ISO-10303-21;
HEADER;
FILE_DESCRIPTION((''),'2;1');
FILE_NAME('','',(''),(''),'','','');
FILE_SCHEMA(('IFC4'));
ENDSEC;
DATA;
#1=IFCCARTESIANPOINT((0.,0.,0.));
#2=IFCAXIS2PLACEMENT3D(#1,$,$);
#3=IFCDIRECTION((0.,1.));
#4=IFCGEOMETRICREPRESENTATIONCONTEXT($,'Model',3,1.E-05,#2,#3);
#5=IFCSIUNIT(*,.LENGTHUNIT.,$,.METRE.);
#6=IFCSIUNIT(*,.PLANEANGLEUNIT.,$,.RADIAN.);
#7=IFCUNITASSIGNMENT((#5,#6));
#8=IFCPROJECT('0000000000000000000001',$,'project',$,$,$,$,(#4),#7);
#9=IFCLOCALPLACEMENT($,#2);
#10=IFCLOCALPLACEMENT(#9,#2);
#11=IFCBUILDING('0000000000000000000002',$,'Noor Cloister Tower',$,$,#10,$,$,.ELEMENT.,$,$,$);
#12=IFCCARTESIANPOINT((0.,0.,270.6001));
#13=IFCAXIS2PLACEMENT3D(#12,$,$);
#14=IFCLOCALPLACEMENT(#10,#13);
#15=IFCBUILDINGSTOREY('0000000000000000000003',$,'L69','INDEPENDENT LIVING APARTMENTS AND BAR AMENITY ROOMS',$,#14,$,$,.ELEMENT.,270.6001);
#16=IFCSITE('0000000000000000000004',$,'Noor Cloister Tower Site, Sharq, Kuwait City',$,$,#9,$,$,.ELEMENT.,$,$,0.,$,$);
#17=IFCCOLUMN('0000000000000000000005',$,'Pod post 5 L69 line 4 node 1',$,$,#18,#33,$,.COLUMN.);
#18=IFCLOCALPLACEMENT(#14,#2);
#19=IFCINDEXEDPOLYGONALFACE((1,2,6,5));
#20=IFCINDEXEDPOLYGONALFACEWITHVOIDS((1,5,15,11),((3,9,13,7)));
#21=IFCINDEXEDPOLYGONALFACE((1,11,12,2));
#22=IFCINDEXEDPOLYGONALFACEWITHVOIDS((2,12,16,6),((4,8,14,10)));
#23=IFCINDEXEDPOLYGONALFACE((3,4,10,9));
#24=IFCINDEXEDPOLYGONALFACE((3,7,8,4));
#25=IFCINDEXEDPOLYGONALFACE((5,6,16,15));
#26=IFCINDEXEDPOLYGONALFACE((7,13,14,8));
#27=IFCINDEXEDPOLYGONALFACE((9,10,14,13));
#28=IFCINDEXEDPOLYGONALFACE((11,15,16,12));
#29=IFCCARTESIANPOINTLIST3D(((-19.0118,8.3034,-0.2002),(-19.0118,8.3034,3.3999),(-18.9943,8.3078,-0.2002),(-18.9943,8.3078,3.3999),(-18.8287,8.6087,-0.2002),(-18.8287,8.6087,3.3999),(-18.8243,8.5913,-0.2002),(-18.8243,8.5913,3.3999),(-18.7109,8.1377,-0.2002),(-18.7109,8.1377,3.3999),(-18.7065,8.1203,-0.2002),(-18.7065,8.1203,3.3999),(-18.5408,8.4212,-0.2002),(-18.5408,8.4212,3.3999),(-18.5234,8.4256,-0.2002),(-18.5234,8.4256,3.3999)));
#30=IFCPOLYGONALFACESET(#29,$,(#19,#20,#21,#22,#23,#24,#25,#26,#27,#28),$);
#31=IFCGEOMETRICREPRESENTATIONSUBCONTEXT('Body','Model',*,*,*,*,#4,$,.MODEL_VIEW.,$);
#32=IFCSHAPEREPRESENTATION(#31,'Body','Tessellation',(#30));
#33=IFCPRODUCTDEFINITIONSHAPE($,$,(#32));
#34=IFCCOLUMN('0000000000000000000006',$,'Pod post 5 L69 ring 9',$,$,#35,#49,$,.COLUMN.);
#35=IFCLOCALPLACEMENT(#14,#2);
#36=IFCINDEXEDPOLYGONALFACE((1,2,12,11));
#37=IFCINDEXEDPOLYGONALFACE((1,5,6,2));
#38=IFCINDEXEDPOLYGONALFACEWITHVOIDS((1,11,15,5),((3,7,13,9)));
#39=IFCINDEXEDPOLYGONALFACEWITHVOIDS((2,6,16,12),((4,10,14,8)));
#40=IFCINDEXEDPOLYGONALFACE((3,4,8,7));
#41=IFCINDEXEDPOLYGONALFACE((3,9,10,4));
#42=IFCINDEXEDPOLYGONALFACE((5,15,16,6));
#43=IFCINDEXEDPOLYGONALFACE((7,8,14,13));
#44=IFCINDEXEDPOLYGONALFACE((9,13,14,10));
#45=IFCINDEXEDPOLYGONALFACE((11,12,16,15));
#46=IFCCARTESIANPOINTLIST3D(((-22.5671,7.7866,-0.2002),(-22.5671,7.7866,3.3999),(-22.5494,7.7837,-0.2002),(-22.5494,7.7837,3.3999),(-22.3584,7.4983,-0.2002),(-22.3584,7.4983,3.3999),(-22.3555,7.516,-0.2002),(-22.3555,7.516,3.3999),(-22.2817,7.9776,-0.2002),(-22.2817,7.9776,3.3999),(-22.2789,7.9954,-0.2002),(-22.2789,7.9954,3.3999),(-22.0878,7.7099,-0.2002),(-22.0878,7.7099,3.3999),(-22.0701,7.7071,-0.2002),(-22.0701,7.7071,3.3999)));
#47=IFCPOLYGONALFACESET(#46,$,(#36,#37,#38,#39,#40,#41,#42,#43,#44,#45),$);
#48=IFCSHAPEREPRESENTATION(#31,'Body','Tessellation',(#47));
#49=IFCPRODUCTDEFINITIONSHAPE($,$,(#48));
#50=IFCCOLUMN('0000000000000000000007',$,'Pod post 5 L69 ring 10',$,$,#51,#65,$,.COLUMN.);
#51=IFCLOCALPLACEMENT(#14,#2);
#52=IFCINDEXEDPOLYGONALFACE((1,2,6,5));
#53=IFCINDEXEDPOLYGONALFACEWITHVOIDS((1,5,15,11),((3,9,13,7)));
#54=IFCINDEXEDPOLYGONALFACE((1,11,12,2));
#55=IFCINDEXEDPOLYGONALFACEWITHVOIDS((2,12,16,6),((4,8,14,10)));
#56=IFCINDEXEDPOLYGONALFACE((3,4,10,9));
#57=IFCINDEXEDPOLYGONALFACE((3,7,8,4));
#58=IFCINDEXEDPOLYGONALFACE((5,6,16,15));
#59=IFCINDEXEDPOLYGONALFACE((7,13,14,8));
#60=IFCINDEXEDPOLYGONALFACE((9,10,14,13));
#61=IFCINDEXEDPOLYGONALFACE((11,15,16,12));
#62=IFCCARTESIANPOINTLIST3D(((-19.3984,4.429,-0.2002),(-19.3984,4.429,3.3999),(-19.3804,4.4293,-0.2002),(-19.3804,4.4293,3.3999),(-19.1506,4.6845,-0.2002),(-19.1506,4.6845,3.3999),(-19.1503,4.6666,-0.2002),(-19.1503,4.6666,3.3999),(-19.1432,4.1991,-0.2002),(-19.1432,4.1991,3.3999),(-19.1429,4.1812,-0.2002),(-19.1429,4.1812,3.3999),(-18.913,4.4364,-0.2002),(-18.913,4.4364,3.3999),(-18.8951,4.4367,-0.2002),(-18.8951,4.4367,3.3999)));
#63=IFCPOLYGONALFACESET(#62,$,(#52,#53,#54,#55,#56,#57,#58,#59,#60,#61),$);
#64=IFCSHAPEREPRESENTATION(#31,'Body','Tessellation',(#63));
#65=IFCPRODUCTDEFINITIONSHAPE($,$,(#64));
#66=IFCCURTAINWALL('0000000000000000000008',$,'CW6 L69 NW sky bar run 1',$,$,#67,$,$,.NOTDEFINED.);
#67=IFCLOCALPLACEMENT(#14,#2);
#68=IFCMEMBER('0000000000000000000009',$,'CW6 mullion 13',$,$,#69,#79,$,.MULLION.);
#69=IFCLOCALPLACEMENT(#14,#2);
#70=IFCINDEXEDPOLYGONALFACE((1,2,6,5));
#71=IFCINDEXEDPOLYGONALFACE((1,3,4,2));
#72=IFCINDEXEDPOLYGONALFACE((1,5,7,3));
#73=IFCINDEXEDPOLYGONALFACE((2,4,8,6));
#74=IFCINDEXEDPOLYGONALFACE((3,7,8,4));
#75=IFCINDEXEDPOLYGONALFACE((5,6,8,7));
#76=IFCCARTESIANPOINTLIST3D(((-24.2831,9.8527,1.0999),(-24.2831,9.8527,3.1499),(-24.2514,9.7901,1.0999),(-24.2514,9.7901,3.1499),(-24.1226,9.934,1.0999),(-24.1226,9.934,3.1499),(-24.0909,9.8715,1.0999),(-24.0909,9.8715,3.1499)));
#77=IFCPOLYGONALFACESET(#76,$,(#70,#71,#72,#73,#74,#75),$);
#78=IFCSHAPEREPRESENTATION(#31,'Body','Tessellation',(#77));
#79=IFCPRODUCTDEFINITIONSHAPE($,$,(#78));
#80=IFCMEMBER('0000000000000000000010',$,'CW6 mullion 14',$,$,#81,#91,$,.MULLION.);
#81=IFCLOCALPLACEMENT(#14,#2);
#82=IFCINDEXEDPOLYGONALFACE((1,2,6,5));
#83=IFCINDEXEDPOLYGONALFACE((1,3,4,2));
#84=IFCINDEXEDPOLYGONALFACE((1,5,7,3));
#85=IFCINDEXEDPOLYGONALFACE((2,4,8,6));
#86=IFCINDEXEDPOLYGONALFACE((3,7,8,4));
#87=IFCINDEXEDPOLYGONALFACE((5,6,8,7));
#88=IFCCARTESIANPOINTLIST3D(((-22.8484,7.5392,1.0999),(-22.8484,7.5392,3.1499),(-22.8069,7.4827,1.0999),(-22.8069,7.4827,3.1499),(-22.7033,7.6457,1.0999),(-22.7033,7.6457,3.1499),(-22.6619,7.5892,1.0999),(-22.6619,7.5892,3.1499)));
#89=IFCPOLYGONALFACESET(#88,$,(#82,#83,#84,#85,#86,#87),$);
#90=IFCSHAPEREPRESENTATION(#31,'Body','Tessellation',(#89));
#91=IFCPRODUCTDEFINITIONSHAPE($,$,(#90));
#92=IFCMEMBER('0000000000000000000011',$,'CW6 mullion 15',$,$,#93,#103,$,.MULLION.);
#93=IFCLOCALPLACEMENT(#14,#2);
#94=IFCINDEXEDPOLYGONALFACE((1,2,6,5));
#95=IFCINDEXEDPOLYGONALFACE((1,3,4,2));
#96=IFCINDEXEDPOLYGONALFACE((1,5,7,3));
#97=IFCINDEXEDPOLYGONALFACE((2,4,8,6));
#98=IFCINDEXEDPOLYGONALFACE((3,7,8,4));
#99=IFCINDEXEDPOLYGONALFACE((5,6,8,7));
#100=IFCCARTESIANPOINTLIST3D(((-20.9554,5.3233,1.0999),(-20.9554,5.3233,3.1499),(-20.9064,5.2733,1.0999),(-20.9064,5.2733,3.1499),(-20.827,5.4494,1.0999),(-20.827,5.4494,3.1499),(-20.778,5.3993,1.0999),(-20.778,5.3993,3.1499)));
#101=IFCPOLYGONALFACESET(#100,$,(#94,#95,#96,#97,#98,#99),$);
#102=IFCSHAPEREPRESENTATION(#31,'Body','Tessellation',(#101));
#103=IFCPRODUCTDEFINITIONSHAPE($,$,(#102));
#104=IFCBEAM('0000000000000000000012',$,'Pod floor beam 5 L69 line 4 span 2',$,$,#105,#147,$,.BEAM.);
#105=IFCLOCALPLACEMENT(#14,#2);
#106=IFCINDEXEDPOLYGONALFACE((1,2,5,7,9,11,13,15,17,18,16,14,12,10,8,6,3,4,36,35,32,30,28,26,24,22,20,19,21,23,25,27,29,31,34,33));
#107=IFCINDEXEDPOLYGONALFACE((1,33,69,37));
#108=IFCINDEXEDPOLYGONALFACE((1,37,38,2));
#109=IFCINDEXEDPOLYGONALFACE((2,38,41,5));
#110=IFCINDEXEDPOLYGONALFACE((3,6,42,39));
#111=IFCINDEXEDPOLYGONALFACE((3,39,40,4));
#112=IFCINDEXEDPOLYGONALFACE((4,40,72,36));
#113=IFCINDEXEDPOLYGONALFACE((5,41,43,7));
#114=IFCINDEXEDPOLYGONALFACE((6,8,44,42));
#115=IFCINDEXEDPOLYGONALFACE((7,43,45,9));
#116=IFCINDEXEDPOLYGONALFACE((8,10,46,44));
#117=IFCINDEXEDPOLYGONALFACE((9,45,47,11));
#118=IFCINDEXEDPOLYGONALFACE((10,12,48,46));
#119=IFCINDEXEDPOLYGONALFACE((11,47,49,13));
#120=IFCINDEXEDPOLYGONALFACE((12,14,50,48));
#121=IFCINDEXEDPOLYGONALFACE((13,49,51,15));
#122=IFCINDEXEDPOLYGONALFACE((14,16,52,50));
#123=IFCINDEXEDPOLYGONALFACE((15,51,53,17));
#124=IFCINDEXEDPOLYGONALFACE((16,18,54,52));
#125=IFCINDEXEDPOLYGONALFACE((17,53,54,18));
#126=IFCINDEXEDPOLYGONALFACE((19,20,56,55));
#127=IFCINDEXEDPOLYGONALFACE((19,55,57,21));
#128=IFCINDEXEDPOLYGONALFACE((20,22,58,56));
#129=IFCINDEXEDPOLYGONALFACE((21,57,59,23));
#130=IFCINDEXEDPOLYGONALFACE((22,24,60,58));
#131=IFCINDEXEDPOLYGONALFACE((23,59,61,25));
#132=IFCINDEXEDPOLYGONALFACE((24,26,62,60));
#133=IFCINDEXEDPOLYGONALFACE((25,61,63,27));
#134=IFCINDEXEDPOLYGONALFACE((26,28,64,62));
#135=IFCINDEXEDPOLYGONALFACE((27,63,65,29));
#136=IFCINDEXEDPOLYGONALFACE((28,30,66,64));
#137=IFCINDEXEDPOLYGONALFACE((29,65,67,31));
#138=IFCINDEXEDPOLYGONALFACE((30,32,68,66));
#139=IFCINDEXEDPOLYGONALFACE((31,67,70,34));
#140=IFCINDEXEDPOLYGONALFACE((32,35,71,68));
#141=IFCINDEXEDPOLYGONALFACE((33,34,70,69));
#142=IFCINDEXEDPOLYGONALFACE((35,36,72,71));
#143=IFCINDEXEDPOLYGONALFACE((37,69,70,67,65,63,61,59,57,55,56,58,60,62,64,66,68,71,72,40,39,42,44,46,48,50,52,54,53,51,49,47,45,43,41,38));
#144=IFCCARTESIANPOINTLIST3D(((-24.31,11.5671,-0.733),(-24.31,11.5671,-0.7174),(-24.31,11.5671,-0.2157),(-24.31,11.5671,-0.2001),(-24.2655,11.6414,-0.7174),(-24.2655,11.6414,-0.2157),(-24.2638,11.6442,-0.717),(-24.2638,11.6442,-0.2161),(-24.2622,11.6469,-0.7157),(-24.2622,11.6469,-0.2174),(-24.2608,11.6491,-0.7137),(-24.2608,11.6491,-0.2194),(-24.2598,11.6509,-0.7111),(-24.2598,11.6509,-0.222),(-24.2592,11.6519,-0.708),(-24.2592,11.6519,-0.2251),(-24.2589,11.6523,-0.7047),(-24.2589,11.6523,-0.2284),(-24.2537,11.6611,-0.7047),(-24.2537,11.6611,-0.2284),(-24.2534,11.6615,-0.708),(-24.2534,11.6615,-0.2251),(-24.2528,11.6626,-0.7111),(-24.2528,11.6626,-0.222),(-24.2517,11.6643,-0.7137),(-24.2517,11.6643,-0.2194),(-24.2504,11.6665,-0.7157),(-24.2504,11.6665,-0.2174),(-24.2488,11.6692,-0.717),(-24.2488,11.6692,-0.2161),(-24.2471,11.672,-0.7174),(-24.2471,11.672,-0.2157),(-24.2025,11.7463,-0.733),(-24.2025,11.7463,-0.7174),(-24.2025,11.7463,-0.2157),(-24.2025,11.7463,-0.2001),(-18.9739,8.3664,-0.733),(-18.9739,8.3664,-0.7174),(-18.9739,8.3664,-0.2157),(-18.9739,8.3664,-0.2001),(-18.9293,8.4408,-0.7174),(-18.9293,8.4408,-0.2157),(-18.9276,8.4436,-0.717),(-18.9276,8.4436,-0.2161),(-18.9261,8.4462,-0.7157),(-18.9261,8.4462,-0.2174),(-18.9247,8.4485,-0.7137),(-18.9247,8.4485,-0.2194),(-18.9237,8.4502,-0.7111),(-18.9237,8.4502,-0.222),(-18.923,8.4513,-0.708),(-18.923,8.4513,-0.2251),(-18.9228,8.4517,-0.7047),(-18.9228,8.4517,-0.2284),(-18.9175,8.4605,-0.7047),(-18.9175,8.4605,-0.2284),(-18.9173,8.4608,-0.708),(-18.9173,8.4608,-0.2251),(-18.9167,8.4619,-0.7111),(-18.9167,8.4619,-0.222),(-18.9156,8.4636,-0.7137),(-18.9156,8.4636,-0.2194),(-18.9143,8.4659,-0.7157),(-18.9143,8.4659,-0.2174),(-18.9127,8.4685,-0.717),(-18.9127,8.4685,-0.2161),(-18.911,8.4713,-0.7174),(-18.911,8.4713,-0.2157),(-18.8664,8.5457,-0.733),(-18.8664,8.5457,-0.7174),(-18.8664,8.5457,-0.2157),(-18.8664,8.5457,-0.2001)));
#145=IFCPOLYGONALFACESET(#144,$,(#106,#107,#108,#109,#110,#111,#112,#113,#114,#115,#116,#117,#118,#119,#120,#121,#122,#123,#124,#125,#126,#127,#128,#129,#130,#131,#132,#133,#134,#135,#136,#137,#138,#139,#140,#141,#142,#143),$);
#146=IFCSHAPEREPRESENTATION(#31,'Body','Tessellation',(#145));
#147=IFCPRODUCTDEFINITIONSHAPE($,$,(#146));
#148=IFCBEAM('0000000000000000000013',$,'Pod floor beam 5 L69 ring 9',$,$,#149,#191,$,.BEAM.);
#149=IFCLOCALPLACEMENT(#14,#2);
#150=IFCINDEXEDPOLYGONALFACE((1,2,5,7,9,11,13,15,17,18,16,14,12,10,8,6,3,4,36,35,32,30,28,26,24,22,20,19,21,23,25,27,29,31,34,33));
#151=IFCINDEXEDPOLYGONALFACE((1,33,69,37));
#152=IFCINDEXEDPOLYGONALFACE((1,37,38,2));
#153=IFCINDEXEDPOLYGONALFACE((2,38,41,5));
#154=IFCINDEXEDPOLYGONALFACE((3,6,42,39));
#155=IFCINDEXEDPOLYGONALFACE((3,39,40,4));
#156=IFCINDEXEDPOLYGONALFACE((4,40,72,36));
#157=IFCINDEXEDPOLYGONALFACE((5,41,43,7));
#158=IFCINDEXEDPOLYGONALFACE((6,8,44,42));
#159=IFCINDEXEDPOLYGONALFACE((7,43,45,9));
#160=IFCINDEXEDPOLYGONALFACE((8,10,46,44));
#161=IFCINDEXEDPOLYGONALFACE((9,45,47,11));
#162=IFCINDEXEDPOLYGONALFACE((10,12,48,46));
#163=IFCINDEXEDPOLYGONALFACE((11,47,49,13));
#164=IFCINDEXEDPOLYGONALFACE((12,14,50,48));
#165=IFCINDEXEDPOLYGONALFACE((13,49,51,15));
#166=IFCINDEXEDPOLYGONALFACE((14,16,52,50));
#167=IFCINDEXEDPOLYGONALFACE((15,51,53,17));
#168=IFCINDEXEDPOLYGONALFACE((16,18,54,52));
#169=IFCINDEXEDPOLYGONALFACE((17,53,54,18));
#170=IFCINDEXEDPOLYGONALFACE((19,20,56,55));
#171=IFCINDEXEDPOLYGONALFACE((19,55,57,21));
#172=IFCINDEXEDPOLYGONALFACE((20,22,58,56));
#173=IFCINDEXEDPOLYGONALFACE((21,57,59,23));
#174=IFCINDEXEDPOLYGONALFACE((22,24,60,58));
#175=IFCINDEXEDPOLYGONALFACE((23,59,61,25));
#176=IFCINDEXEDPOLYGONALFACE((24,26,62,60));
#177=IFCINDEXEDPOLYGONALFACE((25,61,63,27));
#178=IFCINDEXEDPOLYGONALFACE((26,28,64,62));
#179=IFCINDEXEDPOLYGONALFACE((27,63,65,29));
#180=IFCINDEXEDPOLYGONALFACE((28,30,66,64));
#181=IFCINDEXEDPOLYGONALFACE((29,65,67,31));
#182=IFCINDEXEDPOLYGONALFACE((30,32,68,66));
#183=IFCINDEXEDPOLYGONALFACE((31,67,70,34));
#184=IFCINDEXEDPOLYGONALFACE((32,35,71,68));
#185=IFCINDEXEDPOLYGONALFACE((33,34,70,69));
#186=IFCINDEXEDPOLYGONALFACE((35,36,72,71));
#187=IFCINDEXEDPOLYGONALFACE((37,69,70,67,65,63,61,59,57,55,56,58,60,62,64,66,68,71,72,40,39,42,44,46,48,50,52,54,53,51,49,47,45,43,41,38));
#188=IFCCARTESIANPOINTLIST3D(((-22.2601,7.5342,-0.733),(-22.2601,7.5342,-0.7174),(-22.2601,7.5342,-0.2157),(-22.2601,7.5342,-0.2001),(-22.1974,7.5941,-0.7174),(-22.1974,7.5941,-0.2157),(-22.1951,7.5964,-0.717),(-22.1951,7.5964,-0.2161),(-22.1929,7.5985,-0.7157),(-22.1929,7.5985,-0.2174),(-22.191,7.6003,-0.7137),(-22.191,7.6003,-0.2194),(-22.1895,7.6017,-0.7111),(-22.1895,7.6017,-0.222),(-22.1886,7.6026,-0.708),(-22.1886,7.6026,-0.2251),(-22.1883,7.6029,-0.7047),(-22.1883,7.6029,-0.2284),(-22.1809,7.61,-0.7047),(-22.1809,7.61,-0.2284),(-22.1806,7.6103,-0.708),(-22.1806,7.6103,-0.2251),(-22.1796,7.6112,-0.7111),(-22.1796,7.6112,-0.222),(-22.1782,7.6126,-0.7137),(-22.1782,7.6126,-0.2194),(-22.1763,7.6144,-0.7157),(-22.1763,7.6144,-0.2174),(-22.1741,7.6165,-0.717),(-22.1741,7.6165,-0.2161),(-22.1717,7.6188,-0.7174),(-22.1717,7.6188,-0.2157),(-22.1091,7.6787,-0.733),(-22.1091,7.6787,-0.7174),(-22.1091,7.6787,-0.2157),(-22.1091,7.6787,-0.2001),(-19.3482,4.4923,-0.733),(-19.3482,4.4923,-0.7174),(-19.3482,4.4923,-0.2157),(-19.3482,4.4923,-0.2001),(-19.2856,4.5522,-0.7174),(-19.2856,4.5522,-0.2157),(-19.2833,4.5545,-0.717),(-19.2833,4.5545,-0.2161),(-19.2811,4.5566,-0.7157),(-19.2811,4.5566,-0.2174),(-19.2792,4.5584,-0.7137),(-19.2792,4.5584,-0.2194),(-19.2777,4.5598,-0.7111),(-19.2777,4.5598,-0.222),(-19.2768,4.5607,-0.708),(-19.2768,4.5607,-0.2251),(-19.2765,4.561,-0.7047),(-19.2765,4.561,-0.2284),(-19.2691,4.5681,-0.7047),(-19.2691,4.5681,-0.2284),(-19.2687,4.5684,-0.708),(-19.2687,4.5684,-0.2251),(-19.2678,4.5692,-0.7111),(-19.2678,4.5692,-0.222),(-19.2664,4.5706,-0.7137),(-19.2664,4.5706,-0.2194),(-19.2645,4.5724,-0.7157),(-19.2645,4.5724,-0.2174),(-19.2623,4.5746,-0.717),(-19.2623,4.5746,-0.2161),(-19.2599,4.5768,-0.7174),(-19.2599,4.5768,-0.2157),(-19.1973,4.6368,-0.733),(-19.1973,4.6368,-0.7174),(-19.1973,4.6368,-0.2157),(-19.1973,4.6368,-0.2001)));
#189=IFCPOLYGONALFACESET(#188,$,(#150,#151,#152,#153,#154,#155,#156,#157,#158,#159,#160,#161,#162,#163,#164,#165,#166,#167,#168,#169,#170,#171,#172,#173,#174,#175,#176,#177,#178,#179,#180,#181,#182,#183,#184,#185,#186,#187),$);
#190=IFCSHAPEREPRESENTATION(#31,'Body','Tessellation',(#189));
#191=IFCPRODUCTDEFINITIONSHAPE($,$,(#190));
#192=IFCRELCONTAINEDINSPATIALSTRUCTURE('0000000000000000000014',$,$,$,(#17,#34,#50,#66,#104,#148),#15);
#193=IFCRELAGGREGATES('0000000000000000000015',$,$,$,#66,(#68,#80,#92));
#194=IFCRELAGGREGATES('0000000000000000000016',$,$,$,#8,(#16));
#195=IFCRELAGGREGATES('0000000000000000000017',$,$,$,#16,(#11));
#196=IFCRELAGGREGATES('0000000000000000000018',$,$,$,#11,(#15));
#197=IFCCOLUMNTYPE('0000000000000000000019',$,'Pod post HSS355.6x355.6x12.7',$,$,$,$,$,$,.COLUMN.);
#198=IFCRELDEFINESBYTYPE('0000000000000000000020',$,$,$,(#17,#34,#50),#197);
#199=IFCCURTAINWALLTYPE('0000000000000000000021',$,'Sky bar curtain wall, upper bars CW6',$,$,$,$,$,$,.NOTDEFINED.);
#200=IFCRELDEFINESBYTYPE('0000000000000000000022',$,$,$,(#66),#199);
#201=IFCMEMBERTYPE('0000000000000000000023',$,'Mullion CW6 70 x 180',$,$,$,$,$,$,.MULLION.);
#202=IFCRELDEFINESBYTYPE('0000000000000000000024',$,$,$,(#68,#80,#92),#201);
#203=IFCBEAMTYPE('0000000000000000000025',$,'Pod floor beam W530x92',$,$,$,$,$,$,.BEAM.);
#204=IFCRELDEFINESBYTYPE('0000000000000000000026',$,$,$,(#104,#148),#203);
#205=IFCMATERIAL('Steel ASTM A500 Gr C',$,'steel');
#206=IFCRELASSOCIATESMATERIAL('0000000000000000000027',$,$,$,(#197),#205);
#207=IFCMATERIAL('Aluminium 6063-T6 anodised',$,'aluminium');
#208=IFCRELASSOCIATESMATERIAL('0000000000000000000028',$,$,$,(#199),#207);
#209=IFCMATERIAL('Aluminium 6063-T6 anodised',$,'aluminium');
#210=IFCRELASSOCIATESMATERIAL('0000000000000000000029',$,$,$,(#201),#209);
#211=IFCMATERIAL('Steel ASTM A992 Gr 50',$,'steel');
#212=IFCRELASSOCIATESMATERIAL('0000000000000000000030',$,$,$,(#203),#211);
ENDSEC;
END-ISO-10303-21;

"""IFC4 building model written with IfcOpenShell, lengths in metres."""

from ifc_helpers import new_model, si_unit, direction, frame, origin, origin_2d, place, context, subcontext, project, spatial, rectangle, hollow_rectangle, i_section, extrude, material, material_profile, profile_set, type_object, element, aggregate, save


model = new_model("IFC4")

# Units and contexts
model_context = context("Model", 3, precision=1e-05, world=origin(), true_north=direction((0.0, 1.0)))
body_context = subcontext(model_context, "Body", "Model", "MODEL_VIEW")
ifc_project = project(units=[si_unit("LENGTHUNIT", "METRE"), si_unit("PLANEANGLEUNIT", "RADIAN")], contexts=[model_context])

# Site, building, storey
site_placement = place(None, origin())
site = spatial("IfcSite", under=ifc_project, at=site_placement, Name="Noor Cloister Tower Site, Sharq, Kuwait City", CompositionType="ELEMENT", RefElevation=0.0)
building_placement = place(site_placement, origin())
building = spatial("IfcBuilding", under=site, at=building_placement, Name="Noor Cloister Tower", CompositionType="ELEMENT")
storey_placement = place(building_placement, frame((0.0, 0.0, 270.6001)))
storey = spatial("IfcBuildingStorey", under=building, at=storey_placement, Name="L69", Description="INDEPENDENT LIVING APARTMENTS AND BAR AMENITY ROOMS", CompositionType="ELEMENT", Elevation=270.6001)

# Columns
ifc_material_1 = material(Name="Steel ASTM A500 Gr C", Category="steel")
ifc_material_profile_1 = material_profile(ifc_material_1, hollow_rectangle(XDim=0.356, YDim=0.356, WallThickness=0.0127, at=origin_2d()), Name="HSS355.6x355.6x12.7")
ifc_profile_set_1 = profile_set([ifc_material_profile_1], Name="Steel ASTM A500 Gr C")
column_type = type_object("IfcColumnType", Name="Pod post HSS355.6x355.6x12.7", PredefinedType="COLUMN", material=ifc_profile_set_1)
for number, where, z_axis, x_axis, name in (
    (1, (-18.7676, 8.3645, -0.2002), (0.0, 0.0, 1.0), (-0.857567, 0.514373, 0.0), "Pod post 5 L69 line 4 node 1"),
    (2, (-22.3186, 7.7468, -0.2002), (0.0, 0.0, 1.0), (0.58656, -0.809906, 0.0), "Pod post 5 L69 ring 9"),
    (3, (-19.1467, 4.4329, -0.2002), (0.0, 0.0, 1.0), (0.717809, -0.69624, 0.0), "Pod post 5 L69 ring 10"),
):
    element("IfcColumn", number, at=place(storey_placement, frame(where, z_axis=z_axis, x_axis=x_axis)), inside=storey, type_object=column_type, Name=name, PredefinedType="COLUMN", context=body_context, shape_type="SweptSolid", body=[
        extrude(hollow_rectangle(XDim=0.356, YDim=0.356, WallThickness=0.0127, at=origin_2d()), origin(), (0.0, 0.0, 1.0), 3.6001),
    ])

# Curtain wall, members
ifc_material_2 = material(Name="Aluminium 6063-T6 anodised", Category="aluminium")
curtain_wall_type = type_object("IfcCurtainWallType", Name="Sky bar curtain wall, upper bars CW6", PredefinedType="NOTDEFINED", material=ifc_material_2)
curtain_wall_placement = place(storey_placement, origin())
curtain_wall = element("IfcCurtainWall", 4, at=curtain_wall_placement, inside=storey, type_object=curtain_wall_type, Name="CW6 L69 NW sky bar run 1", PredefinedType="NOTDEFINED")
ifc_material_3 = material(Name="Aluminium 6063-T6 anodised", Category="aluminium")
ifc_material_profile_2 = material_profile(ifc_material_3, rectangle(XDim=0.1799, YDim=0.0701, at=origin_2d()), Name="180 x 70 mullion")
ifc_profile_set_2 = profile_set([ifc_material_profile_2], Name="Aluminium 6063-T6 anodised")
member_type = type_object("IfcMemberType", Name="Mullion CW6 70 x 180", PredefinedType="MULLION", material=ifc_profile_set_2)
member_1_placement = place(storey_placement, frame((-24.187, 9.8621, 1.0999), z_axis=(0.0, 0.0, 1.0), x_axis=(0.892045, 0.451948, 0.0)))
member_1 = element("IfcMember", 5, at=member_1_placement, type_object=member_type, Name="CW6 mullion 13", PredefinedType="MULLION", context=body_context, shape_type="SweptSolid", body=[
    extrude(rectangle(XDim=0.1799, YDim=0.0701, at=origin_2d()), origin(), (0.0, 0.0, 1.0), 2.05),
])
member_2_placement = place(storey_placement, frame((-22.7551, 7.5642, 1.0999), z_axis=(0.0, 0.0, 1.0), x_axis=(0.806255, 0.591569, 0.0)))
member_2 = element("IfcMember", 6, at=member_2_placement, type_object=member_type, Name="CW6 mullion 14", PredefinedType="MULLION", context=body_context, shape_type="SweptSolid", body=[
    extrude(rectangle(XDim=0.1799, YDim=0.0701, at=origin_2d()), origin(), (0.0, 0.0, 1.0), 2.05),
])
member_3_placement = place(storey_placement, frame((-20.8667, 5.3613, 1.0999), z_axis=(0.0, 0.0, 1.0), x_axis=(0.713666, 0.700486, 0.0)))
member_3 = element("IfcMember", 7, at=member_3_placement, type_object=member_type, Name="CW6 mullion 15", PredefinedType="MULLION", context=body_context, shape_type="SweptSolid", body=[
    extrude(rectangle(XDim=0.1799, YDim=0.0701, at=origin_2d()), origin(), (0.0, 0.0, 1.0), 2.05),
])

# Beams
ifc_material_4 = material(Name="Steel ASTM A992 Gr 50", Category="steel")
ifc_material_profile_3 = material_profile(ifc_material_4, i_section(OverallWidth=0.209, OverallDepth=0.533, WebThickness=0.0103, FlangeThickness=0.0156, FilletRadius=0.0127, at=origin_2d()), Name="W530x92")
ifc_profile_set_3 = profile_set([ifc_material_profile_3], Name="Steel ASTM A992 Gr 50")
beam_type = type_object("IfcBeamType", Name="Pod floor beam W530x92", PredefinedType="BEAM", material=ifc_profile_set_3)
beam_1_placement = place(storey_placement, frame((-18.9202, 8.4561, -0.4666), z_axis=(-0.857566, 0.514375, 0.0), x_axis=(-0.514375, -0.857566, 0.0)))
element("IfcBeam", 8, at=beam_1_placement, inside=storey, type_object=beam_type, Name="Pod floor beam 5 L69 line 4 span 2", PredefinedType="BEAM", context=body_context, shape_type="SweptSolid", body=[
    extrude(i_section(OverallWidth=0.209, OverallDepth=0.533, WebThickness=0.0103, FlangeThickness=0.0156, FilletRadius=0.0127, at=origin_2d()), origin(), (0.0, 0.0, 1.0), 6.2224),
])
beam_2_placement = place(storey_placement, frame((-22.1846, 7.6064, -0.4666), z_axis=(0.691487, -0.722389, 0.0), x_axis=(0.722389, 0.691487, 0.0)))
element("IfcBeam", 9, at=beam_2_placement, inside=storey, type_object=beam_type, Name="Pod floor beam 5 L69 ring 9", PredefinedType="BEAM", context=body_context, shape_type="SweptSolid", body=[
    extrude(i_section(OverallWidth=0.209, OverallDepth=0.533, WebThickness=0.0103, FlangeThickness=0.0156, FilletRadius=0.0127, at=origin_2d()), origin(), (0.0, 0.0, 1.0), 4.2109),
])

aggregate(curtain_wall, [member_1, member_2, member_3])

save(model, "model.ifc")
